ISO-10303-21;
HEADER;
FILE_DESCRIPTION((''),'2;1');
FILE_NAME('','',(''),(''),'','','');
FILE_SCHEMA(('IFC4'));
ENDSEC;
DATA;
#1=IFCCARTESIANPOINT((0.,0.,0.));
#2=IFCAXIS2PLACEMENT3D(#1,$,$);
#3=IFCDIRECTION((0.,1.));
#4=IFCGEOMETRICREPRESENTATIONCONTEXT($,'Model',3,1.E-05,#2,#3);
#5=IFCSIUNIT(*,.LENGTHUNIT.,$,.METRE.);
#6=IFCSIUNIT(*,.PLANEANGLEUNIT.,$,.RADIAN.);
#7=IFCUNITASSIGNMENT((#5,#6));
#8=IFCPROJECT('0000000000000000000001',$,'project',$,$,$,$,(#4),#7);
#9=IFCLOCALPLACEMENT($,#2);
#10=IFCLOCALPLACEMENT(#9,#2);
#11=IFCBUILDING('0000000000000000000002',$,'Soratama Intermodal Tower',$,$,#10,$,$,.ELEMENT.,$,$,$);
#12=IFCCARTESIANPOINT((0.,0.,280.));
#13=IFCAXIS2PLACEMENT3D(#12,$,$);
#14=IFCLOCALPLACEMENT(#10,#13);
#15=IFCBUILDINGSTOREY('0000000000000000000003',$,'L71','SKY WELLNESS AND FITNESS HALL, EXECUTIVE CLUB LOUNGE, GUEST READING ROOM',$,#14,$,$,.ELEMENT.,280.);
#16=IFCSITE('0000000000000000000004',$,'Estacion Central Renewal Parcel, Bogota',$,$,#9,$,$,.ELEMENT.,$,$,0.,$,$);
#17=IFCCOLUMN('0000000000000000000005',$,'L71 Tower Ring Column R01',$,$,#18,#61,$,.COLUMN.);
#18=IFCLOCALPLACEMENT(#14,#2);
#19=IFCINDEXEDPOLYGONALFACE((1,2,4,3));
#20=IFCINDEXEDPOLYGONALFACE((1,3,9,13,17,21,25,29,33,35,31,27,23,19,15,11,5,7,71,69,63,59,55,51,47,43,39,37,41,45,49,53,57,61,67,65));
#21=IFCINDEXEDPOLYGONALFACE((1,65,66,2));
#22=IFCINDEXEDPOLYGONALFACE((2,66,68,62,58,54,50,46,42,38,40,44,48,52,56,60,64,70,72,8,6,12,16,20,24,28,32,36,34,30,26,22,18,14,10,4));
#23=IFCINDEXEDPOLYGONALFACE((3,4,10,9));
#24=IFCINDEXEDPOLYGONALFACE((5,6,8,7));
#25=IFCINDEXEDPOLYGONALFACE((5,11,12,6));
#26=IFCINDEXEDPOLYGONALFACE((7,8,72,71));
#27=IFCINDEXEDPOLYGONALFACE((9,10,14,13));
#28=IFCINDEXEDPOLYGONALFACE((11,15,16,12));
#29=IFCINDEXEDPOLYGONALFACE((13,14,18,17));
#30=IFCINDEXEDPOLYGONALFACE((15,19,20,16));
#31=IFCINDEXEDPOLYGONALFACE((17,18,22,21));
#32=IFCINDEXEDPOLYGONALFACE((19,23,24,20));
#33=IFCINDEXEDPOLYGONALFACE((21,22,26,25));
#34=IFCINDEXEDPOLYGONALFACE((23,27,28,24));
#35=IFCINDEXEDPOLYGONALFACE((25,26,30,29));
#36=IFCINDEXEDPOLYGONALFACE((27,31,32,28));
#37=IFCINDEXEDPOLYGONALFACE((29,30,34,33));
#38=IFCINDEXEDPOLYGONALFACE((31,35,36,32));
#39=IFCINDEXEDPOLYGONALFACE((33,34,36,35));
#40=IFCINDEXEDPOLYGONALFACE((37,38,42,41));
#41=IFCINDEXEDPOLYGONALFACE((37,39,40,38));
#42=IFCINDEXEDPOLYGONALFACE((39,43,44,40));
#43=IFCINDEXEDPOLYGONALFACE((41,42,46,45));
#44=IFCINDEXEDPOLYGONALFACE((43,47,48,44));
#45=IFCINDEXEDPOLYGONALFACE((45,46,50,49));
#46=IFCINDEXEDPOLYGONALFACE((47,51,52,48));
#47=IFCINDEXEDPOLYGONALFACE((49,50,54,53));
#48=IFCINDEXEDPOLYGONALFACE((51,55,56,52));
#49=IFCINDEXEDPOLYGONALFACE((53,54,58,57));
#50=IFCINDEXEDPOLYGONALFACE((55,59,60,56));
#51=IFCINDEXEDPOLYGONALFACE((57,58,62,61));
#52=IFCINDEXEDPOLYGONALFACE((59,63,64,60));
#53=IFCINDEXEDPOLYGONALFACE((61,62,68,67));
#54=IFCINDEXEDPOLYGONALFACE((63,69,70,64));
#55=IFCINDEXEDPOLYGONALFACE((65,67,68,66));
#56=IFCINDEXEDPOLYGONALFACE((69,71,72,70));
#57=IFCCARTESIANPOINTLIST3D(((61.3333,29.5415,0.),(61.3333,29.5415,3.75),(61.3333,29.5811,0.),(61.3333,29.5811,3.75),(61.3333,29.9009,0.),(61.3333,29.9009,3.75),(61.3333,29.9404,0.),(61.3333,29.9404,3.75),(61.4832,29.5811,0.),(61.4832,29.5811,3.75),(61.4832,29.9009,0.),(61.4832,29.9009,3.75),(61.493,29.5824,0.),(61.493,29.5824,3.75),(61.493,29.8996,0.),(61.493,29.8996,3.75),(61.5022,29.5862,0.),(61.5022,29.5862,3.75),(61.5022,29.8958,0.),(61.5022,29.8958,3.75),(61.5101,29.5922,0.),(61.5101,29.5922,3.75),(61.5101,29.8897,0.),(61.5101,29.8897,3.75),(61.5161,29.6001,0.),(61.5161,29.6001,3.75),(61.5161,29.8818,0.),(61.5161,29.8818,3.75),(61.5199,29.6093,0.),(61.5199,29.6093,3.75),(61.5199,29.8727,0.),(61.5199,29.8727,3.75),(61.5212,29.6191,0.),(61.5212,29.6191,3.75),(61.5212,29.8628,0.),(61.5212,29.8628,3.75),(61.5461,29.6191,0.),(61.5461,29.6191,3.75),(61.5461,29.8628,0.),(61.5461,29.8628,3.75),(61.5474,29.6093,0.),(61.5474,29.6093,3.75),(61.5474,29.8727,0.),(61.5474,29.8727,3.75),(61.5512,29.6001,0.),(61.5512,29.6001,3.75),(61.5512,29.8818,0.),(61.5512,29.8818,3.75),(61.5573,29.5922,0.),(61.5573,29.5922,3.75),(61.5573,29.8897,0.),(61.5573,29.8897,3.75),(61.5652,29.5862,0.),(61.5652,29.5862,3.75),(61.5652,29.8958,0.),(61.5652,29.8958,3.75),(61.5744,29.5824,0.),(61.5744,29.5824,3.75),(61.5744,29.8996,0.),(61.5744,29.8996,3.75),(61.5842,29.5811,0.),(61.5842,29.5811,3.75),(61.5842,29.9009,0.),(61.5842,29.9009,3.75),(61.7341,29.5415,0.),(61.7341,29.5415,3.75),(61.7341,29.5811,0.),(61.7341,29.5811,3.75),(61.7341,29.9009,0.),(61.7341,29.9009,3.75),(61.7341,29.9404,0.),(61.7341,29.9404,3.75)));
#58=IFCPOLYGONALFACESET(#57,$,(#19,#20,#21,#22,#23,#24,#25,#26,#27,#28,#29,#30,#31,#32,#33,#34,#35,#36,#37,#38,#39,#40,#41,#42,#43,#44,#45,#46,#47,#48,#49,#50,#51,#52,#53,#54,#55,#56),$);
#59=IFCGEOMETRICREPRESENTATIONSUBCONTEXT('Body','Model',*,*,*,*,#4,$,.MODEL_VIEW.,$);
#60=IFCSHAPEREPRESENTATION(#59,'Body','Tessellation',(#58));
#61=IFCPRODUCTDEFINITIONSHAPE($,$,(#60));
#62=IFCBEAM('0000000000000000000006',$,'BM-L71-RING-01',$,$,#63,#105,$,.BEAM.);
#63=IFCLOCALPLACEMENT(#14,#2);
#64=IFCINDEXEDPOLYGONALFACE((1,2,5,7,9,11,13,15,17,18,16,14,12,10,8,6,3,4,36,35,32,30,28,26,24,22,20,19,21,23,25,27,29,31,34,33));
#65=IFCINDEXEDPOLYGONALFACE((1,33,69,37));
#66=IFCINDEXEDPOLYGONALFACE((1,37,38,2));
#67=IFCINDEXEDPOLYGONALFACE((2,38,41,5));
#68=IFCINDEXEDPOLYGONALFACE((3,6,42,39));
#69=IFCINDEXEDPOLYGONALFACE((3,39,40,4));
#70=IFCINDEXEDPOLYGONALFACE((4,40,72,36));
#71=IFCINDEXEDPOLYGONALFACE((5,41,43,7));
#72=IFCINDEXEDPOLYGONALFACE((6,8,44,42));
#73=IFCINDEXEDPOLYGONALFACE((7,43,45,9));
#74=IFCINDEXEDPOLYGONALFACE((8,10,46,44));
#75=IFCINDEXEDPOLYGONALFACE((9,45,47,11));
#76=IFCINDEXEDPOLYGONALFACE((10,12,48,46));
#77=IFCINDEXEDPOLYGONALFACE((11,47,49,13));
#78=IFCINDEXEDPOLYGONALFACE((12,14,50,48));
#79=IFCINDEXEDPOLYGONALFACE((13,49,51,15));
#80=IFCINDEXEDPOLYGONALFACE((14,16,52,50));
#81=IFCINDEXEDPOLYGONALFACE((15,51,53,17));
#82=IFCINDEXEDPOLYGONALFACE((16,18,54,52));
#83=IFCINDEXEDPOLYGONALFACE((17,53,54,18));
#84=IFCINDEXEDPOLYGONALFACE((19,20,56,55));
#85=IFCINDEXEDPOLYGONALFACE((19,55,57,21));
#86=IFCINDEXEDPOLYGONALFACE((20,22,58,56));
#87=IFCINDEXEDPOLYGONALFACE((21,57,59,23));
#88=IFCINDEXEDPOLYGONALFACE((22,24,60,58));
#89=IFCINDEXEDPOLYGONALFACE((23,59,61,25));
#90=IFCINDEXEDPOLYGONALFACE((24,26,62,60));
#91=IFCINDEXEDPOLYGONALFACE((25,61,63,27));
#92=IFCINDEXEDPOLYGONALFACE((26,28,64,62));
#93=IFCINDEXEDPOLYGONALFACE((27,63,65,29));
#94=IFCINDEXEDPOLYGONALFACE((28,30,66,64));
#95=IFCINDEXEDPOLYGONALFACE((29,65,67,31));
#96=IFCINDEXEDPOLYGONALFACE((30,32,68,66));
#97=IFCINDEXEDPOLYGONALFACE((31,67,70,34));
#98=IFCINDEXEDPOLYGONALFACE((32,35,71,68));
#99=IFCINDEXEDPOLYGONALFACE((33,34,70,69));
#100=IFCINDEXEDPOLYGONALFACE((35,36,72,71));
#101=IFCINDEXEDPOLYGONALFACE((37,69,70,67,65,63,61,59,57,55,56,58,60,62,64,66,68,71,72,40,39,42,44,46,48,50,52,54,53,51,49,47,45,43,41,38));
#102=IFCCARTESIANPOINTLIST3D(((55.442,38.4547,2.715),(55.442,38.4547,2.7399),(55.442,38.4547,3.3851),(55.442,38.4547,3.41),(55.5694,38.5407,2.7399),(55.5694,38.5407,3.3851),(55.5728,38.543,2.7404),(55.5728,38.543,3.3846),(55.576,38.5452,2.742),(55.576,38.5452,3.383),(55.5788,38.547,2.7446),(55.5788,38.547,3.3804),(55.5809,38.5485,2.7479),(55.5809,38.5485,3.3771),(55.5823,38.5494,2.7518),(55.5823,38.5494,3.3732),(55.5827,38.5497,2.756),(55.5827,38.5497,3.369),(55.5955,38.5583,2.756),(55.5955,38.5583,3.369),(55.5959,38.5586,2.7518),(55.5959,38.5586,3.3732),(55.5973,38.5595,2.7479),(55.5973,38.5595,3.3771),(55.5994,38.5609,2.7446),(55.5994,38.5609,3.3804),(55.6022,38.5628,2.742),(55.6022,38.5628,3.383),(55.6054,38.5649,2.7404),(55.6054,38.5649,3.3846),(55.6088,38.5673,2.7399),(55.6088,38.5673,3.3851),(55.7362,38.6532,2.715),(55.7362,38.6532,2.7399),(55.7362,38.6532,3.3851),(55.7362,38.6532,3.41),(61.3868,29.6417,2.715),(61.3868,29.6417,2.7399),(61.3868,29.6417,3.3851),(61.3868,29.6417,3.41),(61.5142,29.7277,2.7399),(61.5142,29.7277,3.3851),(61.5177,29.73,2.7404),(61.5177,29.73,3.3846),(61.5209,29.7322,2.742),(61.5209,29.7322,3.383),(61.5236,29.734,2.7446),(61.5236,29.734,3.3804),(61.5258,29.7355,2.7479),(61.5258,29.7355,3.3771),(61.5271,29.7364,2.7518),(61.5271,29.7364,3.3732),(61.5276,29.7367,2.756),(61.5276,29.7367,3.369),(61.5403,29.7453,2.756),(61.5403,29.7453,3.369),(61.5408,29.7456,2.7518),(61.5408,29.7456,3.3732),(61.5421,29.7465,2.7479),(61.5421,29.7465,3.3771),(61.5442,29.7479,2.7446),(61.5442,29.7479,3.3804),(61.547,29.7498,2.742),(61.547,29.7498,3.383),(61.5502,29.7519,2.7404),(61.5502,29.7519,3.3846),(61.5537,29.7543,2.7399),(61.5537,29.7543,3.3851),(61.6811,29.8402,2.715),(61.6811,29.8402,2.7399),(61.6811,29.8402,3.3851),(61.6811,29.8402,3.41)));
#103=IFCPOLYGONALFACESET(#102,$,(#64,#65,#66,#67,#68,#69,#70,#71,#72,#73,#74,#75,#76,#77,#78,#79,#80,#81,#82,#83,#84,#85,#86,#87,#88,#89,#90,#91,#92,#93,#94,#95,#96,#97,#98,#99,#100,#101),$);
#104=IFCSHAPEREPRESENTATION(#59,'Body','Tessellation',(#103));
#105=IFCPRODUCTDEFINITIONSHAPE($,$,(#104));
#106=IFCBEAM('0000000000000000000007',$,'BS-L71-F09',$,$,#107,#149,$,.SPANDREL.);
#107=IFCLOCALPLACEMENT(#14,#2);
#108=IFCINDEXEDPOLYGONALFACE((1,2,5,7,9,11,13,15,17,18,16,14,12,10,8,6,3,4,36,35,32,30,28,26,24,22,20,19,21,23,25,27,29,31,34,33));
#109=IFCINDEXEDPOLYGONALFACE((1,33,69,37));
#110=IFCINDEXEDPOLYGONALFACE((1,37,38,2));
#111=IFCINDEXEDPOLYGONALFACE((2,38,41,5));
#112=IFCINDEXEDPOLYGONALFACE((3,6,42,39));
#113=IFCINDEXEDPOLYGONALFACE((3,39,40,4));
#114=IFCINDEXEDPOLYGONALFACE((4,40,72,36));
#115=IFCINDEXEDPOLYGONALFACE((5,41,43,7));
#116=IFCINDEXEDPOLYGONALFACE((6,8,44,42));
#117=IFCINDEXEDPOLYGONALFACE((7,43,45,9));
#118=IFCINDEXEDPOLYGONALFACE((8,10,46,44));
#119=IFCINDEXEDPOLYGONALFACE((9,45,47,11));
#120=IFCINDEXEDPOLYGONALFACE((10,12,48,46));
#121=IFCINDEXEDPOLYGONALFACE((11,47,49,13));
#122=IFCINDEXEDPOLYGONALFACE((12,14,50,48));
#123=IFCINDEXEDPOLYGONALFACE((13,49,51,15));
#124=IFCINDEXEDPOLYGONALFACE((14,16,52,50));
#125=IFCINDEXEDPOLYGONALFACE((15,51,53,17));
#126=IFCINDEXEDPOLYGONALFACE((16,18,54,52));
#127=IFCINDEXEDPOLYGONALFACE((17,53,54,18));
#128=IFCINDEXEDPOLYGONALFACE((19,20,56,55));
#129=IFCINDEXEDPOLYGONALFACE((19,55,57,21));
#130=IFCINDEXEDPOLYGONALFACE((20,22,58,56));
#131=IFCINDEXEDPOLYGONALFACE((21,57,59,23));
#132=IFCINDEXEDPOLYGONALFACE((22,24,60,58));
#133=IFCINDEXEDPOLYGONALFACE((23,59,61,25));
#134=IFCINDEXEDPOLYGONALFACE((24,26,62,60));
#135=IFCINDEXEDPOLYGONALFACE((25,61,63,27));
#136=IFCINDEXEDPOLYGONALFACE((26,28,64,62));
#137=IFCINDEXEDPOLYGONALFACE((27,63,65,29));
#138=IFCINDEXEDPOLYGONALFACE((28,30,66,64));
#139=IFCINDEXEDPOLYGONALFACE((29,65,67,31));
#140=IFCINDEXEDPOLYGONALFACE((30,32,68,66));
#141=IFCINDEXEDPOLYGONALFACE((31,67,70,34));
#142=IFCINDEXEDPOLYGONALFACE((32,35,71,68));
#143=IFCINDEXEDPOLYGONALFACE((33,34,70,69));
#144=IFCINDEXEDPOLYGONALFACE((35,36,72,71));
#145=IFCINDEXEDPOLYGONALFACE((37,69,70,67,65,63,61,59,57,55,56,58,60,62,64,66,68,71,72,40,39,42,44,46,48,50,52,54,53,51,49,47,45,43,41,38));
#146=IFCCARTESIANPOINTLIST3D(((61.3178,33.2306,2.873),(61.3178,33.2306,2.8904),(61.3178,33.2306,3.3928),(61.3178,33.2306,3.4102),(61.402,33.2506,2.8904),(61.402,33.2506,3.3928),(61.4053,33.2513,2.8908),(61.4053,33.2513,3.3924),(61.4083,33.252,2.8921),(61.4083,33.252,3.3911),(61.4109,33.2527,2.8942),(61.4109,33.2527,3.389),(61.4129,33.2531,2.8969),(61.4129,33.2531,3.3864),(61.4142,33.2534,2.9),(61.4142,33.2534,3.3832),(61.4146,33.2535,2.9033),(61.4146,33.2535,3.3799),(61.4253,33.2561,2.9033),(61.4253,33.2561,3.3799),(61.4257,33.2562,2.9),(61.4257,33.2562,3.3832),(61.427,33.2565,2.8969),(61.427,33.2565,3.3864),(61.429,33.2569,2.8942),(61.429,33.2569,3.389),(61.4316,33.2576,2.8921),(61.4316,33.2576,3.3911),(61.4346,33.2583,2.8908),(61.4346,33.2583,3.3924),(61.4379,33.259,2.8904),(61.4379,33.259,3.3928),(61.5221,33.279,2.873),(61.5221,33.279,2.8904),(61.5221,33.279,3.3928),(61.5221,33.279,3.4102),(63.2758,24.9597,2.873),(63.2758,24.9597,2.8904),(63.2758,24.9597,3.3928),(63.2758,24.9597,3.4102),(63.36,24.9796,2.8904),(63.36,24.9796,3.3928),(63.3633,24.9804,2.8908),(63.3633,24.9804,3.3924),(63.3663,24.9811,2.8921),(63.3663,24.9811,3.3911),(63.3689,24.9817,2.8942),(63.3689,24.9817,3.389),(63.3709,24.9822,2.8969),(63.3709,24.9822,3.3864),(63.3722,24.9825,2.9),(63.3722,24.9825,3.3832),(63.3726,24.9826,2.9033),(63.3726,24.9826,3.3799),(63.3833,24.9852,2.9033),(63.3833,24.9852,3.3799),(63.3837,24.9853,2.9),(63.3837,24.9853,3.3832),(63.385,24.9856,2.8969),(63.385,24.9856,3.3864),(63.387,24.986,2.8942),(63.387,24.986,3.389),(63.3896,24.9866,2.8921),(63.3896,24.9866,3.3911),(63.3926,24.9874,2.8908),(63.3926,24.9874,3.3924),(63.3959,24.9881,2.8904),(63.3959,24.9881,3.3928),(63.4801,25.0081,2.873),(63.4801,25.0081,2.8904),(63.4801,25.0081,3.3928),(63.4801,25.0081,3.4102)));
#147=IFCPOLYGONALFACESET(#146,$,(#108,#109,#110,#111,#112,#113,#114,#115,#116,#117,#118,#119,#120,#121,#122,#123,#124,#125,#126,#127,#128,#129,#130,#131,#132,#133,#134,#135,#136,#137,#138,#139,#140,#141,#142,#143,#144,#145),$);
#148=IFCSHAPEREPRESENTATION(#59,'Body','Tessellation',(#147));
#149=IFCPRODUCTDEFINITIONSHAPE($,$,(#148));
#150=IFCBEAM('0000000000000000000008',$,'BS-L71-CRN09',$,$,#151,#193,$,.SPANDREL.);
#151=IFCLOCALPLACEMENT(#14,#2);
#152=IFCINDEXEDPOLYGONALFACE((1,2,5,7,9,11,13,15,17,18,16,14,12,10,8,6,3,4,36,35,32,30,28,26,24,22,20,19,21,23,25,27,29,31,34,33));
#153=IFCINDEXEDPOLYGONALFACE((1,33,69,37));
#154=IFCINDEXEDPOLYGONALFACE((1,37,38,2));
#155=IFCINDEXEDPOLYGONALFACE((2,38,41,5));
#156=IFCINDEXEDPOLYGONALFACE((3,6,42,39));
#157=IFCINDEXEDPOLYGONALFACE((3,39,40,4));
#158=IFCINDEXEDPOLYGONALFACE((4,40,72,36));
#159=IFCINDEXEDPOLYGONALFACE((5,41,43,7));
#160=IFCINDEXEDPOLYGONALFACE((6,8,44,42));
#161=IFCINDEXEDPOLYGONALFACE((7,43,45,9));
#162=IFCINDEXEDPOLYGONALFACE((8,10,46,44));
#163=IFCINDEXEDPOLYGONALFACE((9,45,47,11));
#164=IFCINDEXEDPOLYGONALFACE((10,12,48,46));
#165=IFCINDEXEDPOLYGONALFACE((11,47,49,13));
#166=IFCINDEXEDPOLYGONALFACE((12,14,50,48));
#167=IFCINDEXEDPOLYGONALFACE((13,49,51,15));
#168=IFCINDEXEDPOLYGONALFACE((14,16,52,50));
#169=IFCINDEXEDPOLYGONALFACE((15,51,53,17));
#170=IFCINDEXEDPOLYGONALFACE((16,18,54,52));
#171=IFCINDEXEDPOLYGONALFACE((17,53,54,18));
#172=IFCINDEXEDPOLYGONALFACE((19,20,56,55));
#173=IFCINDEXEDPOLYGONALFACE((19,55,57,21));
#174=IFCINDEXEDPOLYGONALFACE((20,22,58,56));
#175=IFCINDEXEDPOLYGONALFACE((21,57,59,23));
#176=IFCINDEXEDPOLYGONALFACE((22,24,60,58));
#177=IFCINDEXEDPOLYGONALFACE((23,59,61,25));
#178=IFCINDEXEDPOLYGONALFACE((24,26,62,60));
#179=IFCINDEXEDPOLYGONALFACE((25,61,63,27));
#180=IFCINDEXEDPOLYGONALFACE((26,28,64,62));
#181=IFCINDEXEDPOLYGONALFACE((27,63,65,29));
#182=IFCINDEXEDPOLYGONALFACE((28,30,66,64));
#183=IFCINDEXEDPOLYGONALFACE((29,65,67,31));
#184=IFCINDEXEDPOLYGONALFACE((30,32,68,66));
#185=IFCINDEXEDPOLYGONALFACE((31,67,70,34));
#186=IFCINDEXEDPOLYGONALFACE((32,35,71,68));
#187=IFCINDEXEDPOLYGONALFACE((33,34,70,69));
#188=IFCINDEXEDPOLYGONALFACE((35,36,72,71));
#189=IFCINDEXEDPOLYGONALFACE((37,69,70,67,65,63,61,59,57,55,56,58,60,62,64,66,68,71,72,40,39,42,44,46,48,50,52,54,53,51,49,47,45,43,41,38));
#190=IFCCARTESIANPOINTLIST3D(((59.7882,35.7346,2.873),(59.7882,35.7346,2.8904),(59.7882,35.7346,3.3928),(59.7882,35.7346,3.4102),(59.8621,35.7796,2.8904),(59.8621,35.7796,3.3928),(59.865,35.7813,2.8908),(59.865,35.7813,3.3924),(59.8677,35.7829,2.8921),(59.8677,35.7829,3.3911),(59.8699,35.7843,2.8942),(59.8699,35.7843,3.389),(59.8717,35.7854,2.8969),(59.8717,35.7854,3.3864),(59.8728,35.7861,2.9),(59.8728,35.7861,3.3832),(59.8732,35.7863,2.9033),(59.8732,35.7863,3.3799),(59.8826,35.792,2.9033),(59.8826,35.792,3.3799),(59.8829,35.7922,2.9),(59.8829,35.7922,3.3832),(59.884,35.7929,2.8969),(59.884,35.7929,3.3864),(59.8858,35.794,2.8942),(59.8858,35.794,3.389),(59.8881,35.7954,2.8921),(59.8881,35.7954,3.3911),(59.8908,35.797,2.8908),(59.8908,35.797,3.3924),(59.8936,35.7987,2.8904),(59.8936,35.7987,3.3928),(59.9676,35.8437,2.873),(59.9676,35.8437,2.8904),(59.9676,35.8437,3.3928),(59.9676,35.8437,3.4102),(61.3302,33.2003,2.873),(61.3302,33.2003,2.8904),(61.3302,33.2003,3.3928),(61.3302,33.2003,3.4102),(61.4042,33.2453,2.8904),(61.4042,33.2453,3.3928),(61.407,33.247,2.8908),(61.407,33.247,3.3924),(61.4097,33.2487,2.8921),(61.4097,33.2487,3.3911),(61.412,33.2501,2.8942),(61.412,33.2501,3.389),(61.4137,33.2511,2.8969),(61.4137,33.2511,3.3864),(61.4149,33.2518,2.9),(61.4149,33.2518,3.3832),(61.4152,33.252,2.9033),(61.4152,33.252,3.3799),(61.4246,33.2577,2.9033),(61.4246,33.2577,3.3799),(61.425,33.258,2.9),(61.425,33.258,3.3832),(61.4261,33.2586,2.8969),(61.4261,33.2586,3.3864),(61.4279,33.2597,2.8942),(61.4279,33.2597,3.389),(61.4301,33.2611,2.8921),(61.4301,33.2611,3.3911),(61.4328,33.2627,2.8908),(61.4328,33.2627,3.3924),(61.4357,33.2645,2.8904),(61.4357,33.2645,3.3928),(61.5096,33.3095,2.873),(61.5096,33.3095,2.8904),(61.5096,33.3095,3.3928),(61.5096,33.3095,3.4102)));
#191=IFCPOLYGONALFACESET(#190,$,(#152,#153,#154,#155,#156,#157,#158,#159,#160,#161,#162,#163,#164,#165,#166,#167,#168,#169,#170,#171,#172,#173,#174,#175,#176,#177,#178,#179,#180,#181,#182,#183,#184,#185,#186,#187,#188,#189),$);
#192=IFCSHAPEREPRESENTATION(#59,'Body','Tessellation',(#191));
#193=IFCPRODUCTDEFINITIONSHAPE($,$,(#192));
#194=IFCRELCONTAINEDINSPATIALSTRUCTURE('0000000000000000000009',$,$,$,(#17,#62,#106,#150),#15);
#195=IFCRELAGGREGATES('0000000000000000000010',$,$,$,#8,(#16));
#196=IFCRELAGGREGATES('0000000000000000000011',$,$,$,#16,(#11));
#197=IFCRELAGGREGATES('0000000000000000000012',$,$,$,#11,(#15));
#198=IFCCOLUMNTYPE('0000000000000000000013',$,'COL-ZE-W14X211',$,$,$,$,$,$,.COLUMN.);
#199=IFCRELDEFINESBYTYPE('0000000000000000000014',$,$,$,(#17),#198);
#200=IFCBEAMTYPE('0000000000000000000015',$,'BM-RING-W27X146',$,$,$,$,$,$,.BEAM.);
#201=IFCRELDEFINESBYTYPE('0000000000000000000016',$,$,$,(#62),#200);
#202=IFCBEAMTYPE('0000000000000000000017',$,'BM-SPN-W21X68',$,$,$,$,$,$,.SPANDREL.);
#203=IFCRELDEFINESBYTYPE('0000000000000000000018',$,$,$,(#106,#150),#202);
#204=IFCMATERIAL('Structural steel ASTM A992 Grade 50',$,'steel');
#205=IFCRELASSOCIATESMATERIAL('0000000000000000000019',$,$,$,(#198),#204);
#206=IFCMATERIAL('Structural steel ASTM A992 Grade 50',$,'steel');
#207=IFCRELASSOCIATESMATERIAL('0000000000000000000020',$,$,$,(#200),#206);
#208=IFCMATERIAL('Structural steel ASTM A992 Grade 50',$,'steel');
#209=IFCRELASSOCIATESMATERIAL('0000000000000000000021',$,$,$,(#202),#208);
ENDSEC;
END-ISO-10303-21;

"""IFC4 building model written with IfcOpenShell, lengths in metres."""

from ifc_helpers import new_model, si_unit, direction, frame, origin, origin_2d, place, context, subcontext, project, spatial, i_section, extrude, material, material_profile, profile_set, type_object, element, save


model = new_model("IFC4")

# Units and contexts
model_context = context("Model", 3, precision=1e-05, world=origin(), true_north=direction((0.0, 1.0)))
body_context = subcontext(model_context, "Body", "Model", "MODEL_VIEW")
ifc_project = project(units=[si_unit("LENGTHUNIT", "METRE"), si_unit("PLANEANGLEUNIT", "RADIAN")], contexts=[model_context])

# Site, building, storey
site_placement = place(None, origin())
site = spatial("IfcSite", under=ifc_project, at=site_placement, Name="Estacion Central Renewal Parcel, Bogota", CompositionType="ELEMENT", RefElevation=0.0)
building_placement = place(site_placement, origin())
building = spatial("IfcBuilding", under=site, at=building_placement, Name="Soratama Intermodal Tower", CompositionType="ELEMENT")
storey_placement = place(building_placement, frame((0.0, 0.0, 280.0)))
storey = spatial("IfcBuildingStorey", under=building, at=storey_placement, Name="L71", Description="SKY WELLNESS AND FITNESS HALL, EXECUTIVE CLUB LOUNGE, GUEST READING ROOM", CompositionType="ELEMENT", Elevation=280.0)

# Column
ifc_material_1 = material(Name="Structural steel ASTM A992 Grade 50", Category="steel")
ifc_material_profile_1 = material_profile(ifc_material_1, i_section(OverallWidth=0.4009, OverallDepth=0.3989, WebThickness=0.0249, FlangeThickness=0.0396, FilletRadius=0.0381, at=origin_2d()), Name="W14X211")
ifc_profile_set_1 = profile_set([ifc_material_profile_1], Name="Structural steel ASTM A992 Grade 50")
column_type = type_object("IfcColumnType", Name="COL-ZE-W14X211", PredefinedType="COLUMN", material=ifc_profile_set_1)
column_placement = place(storey_placement, frame((61.5337, 29.741, 0.0), z_axis=(0.0, 0.0, 1.0), x_axis=(1.0, 0.0, 0.0)))
element("IfcColumn", 1, at=column_placement, inside=storey, type_object=column_type, Name="L71 Tower Ring Column R01", PredefinedType="COLUMN", context=body_context, shape_type="SweptSolid", body=[
    extrude(i_section(OverallWidth=0.4009, OverallDepth=0.3989, WebThickness=0.0249, FlangeThickness=0.0396, FilletRadius=0.0381, at=origin_2d()), origin(), (0.0, 0.0, 1.0), 3.75),
])

# Beams
ifc_material_2 = material(Name="Structural steel ASTM A992 Grade 50", Category="steel")
ifc_material_profile_2 = material_profile(ifc_material_2, i_section(OverallWidth=0.355, OverallDepth=0.6951, WebThickness=0.0154, FlangeThickness=0.0249, FilletRadius=0.0161, at=origin_2d()), Name="W27X146")
ifc_profile_set_2 = profile_set([ifc_material_profile_2], Name="Structural steel ASTM A992 Grade 50")
beam_type_1 = type_object("IfcBeamType", Name="BM-RING-W27X146", PredefinedType="BEAM", material=ifc_profile_set_2)
beam_1_placement = place(storey_placement, frame((61.5339, 29.741, 3.0625), z_axis=(-0.559218, 0.829021, 0.0), x_axis=(-0.829021, -0.559218, 0.0)))
element("IfcBeam", 2, at=beam_1_placement, inside=storey, type_object=beam_type_1, Name="BM-L71-RING-01", PredefinedType="BEAM", context=body_context, shape_type="SweptSolid", body=[
    extrude(i_section(OverallWidth=0.355, OverallDepth=0.6951, WebThickness=0.0154, FlangeThickness=0.0249, FilletRadius=0.0161, at=origin_2d()), origin(), (0.0, 0.0, 1.0), 10.6306),
])
ifc_material_3 = material(Name="Structural steel ASTM A992 Grade 50", Category="steel")
ifc_material_profile_3 = material_profile(ifc_material_3, i_section(OverallWidth=0.21, OverallDepth=0.5371, WebThickness=0.011, FlangeThickness=0.0173, FilletRadius=0.0129, at=origin_2d()), Name="W21X68")
ifc_profile_set_3 = profile_set([ifc_material_profile_3], Name="Structural steel ASTM A992 Grade 50")
beam_type_2 = type_object("IfcBeamType", Name="BM-SPN-W21X68", PredefinedType="SPANDREL", material=ifc_profile_set_3)
beam_2_placement = place(storey_placement, frame((63.3779, 24.9839, 3.1416), z_axis=(-0.230365, 0.973104, 0.0), x_axis=(-0.973104, -0.230365, 0.0)))
element("IfcBeam", 3, at=beam_2_placement, inside=storey, type_object=beam_type_2, Name="BS-L71-F09", PredefinedType="SPANDREL", context=body_context, shape_type="SweptSolid", body=[
    extrude(i_section(OverallWidth=0.21, OverallDepth=0.5371, WebThickness=0.011, FlangeThickness=0.0173, FilletRadius=0.0129, at=origin_2d()), origin(), (0.0, 0.0, 1.0), 8.4995),
])
beam_3_placement = place(storey_placement, frame((61.4199, 33.2549, 3.1416), z_axis=(-0.519811, 0.854281, 0.0), x_axis=(-0.854281, -0.519811, 0.0)))
element("IfcBeam", 4, at=beam_3_placement, inside=storey, type_object=beam_type_2, Name="BS-L71-CRN09", PredefinedType="SPANDREL", context=body_context, shape_type="SweptSolid", body=[
    extrude(i_section(OverallWidth=0.21, OverallDepth=0.5371, WebThickness=0.011, FlangeThickness=0.0173, FilletRadius=0.0129, at=origin_2d()), origin(), (0.0, 0.0, 1.0), 2.9666),
])

save(model, "model.ifc")
